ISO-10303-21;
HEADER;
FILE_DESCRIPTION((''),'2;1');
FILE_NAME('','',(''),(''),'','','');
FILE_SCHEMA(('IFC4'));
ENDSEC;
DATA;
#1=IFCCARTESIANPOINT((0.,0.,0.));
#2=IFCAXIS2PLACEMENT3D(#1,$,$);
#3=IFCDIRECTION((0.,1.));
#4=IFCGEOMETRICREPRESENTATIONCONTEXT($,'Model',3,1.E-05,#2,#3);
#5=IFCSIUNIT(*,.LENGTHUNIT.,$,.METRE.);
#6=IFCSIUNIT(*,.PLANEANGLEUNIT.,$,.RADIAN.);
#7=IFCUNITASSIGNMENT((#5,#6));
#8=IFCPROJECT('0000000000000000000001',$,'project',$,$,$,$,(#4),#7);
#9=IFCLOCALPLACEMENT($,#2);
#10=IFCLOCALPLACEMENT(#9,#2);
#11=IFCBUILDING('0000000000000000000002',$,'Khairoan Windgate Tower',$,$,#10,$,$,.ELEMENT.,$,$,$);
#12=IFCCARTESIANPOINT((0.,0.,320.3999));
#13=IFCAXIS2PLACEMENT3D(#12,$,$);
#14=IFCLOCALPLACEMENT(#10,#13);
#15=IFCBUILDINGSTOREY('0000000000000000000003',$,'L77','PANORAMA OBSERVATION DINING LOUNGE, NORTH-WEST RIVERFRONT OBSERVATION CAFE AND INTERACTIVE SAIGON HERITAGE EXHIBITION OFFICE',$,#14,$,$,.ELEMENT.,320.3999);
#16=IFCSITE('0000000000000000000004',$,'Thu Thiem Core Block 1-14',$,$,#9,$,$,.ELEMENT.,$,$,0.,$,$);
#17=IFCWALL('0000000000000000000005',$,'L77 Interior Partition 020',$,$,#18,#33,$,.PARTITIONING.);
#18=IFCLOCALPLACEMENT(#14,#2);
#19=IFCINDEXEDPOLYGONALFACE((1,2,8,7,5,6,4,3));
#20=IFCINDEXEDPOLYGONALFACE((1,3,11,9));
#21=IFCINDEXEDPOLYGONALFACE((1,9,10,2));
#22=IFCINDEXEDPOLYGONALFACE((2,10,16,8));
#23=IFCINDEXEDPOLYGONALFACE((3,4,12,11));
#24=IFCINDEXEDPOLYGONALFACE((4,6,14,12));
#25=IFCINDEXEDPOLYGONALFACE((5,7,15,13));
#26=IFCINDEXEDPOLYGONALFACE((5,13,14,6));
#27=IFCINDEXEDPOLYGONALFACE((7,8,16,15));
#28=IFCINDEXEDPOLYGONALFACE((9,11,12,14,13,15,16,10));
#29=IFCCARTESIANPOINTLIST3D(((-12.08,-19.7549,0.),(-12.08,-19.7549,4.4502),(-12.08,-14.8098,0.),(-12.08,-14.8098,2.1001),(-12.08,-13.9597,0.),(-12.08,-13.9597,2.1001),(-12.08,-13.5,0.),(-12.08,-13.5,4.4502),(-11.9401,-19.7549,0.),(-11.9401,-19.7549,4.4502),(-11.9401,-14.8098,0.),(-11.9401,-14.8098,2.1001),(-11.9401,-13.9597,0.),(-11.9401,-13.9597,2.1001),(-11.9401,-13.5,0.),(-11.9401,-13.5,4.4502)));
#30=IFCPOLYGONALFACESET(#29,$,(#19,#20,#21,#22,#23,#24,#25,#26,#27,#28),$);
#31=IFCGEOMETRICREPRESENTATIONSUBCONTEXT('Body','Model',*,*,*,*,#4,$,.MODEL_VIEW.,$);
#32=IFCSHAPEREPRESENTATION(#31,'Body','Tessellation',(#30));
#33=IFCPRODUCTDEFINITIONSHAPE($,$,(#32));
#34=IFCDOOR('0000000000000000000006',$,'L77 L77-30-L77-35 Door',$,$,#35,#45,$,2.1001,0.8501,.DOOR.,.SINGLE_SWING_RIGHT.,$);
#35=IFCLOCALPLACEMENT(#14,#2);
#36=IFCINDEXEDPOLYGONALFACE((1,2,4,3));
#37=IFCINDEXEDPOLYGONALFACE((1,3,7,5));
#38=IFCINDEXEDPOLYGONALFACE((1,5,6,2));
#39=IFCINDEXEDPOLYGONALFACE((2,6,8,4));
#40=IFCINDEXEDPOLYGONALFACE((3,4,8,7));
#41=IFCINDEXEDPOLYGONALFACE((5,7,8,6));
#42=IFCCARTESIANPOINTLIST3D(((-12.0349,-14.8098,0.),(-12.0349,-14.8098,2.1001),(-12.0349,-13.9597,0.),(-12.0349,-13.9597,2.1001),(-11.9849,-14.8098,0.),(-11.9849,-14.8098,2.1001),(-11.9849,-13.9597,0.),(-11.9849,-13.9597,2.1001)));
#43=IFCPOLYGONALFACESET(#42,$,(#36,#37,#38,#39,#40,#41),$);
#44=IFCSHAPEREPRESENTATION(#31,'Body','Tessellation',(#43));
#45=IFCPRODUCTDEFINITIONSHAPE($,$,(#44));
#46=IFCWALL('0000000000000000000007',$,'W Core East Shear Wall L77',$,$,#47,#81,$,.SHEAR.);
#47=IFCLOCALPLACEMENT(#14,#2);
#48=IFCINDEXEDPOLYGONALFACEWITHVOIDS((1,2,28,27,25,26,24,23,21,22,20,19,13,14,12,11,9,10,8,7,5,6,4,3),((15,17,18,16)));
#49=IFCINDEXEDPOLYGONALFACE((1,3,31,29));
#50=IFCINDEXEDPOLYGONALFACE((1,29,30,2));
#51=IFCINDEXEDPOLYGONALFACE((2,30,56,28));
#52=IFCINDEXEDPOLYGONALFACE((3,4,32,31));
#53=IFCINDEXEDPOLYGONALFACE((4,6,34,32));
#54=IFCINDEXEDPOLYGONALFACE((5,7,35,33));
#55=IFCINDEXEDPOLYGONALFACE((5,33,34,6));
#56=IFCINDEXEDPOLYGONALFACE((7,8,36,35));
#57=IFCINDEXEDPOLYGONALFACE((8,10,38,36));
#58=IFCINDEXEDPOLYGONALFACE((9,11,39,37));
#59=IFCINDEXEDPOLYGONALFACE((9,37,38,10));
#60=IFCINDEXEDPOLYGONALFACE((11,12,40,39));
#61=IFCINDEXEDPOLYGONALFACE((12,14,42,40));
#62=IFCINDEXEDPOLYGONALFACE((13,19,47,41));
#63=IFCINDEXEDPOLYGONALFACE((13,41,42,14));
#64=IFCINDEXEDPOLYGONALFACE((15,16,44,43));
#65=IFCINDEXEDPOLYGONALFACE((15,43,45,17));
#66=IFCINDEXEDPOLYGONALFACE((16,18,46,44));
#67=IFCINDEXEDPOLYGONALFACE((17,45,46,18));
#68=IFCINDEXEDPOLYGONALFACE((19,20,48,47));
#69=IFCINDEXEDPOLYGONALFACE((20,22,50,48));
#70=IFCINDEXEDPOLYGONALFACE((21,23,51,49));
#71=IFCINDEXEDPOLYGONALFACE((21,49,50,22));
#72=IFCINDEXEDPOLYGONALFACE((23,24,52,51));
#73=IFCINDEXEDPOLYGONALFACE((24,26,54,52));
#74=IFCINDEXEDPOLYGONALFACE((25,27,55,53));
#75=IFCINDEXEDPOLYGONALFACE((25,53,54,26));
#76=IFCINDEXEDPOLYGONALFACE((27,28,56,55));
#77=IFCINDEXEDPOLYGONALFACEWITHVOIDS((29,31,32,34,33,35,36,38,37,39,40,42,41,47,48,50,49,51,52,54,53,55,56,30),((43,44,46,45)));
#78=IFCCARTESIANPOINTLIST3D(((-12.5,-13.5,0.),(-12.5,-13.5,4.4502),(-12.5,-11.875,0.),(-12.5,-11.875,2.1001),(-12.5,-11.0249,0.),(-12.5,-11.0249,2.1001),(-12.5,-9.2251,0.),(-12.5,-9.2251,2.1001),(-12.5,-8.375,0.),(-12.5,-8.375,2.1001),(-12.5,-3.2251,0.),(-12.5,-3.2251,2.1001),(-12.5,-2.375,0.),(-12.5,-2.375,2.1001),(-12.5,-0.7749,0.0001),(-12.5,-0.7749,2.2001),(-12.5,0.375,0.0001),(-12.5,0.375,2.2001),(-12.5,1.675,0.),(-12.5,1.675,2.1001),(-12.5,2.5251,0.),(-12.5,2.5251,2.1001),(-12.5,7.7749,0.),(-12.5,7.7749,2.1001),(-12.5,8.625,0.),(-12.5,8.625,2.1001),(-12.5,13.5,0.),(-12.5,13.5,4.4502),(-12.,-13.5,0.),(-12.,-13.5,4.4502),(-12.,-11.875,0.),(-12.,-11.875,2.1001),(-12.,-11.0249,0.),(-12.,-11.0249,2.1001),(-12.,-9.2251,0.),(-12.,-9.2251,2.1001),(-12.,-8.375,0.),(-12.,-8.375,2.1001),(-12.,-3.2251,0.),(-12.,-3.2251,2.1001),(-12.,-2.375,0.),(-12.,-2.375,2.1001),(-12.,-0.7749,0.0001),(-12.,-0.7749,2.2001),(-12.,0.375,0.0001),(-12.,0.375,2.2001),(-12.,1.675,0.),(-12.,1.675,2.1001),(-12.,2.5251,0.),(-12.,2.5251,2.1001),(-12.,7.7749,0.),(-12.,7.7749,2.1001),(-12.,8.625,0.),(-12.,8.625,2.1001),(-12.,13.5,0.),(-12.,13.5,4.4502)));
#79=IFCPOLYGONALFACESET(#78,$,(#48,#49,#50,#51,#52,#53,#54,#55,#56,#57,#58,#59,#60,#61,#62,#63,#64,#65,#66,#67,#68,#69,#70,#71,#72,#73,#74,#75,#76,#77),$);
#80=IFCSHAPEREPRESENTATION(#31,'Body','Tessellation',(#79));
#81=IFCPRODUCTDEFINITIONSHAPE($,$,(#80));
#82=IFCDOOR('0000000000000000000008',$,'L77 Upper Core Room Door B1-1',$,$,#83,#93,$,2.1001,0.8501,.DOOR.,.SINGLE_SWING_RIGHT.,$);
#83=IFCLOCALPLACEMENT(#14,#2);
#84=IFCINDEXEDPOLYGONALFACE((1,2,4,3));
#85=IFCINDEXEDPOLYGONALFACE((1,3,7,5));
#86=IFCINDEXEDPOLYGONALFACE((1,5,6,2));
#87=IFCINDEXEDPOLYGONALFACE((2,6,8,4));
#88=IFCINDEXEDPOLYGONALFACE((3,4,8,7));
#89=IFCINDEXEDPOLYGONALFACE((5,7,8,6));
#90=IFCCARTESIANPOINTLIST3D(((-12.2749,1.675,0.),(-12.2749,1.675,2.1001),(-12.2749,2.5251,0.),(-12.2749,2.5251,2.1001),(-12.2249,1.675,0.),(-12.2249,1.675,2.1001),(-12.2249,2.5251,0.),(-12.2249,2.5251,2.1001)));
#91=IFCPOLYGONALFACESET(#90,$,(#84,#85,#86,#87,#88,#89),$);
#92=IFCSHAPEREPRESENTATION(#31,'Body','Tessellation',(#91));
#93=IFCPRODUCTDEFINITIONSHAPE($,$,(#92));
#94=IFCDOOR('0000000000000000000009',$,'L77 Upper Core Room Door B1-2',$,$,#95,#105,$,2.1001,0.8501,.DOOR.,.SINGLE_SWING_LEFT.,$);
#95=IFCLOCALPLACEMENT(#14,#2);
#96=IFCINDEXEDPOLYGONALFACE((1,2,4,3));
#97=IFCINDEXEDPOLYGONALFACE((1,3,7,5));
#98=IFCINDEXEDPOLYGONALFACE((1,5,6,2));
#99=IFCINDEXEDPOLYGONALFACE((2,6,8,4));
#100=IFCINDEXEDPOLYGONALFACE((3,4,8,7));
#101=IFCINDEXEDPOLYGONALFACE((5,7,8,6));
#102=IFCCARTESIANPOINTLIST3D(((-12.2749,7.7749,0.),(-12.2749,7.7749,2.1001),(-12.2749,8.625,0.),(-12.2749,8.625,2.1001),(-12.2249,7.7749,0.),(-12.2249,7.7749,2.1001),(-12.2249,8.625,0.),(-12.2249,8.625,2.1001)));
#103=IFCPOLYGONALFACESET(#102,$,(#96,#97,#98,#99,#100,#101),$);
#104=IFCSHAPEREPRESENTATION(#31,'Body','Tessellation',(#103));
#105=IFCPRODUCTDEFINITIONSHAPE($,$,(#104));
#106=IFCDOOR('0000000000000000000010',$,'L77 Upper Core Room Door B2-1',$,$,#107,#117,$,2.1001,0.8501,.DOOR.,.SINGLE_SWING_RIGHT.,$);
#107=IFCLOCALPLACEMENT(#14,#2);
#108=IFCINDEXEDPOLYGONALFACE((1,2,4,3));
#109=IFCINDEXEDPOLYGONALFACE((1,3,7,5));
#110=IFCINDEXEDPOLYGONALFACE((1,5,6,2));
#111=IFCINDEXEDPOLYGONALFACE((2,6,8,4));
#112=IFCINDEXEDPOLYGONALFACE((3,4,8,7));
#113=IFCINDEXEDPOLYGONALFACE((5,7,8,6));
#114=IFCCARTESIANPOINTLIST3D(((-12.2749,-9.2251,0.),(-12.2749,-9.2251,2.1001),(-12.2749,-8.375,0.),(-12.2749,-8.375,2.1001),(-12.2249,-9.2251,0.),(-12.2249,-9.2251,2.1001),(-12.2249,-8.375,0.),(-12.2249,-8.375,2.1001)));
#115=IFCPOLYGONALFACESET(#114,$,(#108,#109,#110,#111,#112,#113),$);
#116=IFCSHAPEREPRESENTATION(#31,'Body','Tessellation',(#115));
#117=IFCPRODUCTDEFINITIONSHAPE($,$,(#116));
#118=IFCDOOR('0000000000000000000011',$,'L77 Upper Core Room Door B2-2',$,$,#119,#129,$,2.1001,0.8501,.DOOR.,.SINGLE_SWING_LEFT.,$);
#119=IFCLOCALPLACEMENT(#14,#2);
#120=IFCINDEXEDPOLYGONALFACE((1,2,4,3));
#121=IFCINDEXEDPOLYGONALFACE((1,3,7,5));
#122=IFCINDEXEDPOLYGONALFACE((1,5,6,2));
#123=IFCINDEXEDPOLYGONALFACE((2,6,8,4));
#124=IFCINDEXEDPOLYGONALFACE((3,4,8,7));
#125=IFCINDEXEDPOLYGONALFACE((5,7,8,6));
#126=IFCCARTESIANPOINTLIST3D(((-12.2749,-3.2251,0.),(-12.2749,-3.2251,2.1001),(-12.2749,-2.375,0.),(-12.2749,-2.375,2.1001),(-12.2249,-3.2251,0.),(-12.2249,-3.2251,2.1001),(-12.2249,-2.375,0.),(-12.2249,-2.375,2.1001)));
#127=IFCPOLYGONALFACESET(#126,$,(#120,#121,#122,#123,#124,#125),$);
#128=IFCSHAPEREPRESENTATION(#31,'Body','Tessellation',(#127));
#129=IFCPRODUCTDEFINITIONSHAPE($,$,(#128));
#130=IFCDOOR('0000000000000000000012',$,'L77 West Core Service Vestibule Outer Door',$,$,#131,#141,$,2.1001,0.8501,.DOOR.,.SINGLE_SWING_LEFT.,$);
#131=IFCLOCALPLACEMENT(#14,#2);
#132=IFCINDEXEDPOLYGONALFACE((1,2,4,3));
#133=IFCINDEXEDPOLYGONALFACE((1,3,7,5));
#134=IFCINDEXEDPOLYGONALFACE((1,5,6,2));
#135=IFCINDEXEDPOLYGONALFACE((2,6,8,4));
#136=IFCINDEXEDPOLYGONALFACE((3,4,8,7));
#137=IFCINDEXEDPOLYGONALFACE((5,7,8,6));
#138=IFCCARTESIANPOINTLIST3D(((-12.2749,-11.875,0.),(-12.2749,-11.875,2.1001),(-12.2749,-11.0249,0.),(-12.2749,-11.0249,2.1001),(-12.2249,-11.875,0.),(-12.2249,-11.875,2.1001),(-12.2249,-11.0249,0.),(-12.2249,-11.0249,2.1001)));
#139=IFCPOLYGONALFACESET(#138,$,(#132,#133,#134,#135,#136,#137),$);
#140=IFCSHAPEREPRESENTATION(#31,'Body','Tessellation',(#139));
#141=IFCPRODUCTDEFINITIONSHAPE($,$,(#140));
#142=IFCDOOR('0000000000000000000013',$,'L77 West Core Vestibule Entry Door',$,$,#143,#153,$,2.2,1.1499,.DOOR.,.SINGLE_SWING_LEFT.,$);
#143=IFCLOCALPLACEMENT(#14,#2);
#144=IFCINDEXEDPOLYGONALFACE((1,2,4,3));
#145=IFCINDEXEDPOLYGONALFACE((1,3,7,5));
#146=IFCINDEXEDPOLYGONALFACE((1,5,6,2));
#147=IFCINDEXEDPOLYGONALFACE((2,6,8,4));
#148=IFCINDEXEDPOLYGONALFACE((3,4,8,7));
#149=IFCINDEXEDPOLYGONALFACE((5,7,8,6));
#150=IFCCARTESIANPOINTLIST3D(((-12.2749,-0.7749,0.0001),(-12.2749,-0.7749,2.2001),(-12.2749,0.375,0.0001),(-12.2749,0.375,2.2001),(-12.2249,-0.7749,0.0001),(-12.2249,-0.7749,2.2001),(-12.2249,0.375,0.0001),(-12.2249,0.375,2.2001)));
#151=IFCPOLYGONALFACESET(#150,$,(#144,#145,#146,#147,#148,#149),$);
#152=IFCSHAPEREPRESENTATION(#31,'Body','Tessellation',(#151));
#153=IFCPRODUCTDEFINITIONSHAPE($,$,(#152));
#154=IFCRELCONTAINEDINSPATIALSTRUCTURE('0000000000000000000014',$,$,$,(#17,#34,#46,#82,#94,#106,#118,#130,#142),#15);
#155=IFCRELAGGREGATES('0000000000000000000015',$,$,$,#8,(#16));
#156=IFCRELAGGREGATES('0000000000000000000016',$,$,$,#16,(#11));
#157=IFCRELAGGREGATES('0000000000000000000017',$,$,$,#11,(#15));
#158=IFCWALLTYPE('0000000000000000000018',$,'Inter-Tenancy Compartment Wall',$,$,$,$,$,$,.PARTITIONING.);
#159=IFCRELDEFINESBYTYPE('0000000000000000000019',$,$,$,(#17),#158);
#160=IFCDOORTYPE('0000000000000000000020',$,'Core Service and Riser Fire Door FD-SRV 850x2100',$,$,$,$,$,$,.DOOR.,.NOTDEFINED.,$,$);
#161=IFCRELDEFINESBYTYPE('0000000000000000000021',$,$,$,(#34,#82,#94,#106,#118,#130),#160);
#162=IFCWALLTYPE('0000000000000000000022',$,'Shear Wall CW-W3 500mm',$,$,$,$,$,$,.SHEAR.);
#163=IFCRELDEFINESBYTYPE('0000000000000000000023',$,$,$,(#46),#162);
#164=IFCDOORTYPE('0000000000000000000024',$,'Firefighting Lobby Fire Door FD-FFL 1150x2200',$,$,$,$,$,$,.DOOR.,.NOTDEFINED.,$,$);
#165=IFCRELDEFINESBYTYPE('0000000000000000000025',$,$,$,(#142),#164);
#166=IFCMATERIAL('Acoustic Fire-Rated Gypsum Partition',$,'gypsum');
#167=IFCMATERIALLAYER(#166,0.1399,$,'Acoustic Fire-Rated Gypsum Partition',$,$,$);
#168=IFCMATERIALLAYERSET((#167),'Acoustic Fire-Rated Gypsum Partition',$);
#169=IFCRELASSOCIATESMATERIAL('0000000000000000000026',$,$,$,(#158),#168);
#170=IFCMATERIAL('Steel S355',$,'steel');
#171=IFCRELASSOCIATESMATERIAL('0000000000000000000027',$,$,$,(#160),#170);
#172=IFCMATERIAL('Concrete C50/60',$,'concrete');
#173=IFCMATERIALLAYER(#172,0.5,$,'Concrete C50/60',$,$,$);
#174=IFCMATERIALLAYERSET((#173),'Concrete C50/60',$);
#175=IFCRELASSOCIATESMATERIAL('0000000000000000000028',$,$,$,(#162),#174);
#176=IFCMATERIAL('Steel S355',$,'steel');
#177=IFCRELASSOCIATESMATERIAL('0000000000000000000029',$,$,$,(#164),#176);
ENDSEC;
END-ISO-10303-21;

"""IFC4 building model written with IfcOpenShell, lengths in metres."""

from ifc_helpers import new_model, si_unit, direction, frame, frame_2d, origin, place, context, subcontext, project, spatial, rectangle, extrude, material, layer, layer_set, type_object, element, fill, save


model = new_model("IFC4")

# Units and contexts
model_context = context("Model", 3, precision=1e-05, world=origin(), true_north=direction((0.0, 1.0)))
body_context = subcontext(model_context, "Body", "Model", "MODEL_VIEW")
ifc_project = project(units=[si_unit("LENGTHUNIT", "METRE"), si_unit("PLANEANGLEUNIT", "RADIAN")], contexts=[model_context])

# Site, building, storey
site_placement = place(None, origin())
site = spatial("IfcSite", under=ifc_project, at=site_placement, Name="Thu Thiem Core Block 1-14", CompositionType="ELEMENT", RefElevation=0.0)
building_placement = place(site_placement, origin())
building = spatial("IfcBuilding", under=site, at=building_placement, Name="Khairoan Windgate Tower", CompositionType="ELEMENT")
storey_placement = place(building_placement, frame((0.0, 0.0, 320.3999)))
storey = spatial("IfcBuildingStorey", under=building, at=storey_placement, Name="L77", Description="PANORAMA OBSERVATION DINING LOUNGE, NORTH-WEST RIVERFRONT OBSERVATION CAFE AND INTERACTIVE SAIGON HERITAGE EXHIBITION OFFICE", CompositionType="ELEMENT", Elevation=320.3999)

# Wall, opening, door
ifc_material_1 = material(Name="Acoustic Fire-Rated Gypsum Partition", Category="gypsum")
ifc_layer_1 = layer(ifc_material_1, 0.1399, Name="Acoustic Fire-Rated Gypsum Partition")
ifc_layer_set_1 = layer_set([ifc_layer_1], Name="Acoustic Fire-Rated Gypsum Partition")
wall_type_1 = type_object("IfcWallType", Name="Inter-Tenancy Compartment Wall", PredefinedType="PARTITIONING", material=ifc_layer_set_1)
wall_1_placement = place(storey_placement, frame((-12.01, -19.7549, 0.0), z_axis=(0.0, 0.0, 1.0), x_axis=(0.0, 1.0, 0.0)))
wall_1 = element("IfcWall", 1, at=wall_1_placement, inside=storey, type_object=wall_type_1, Name="L77 Interior Partition 020", PredefinedType="PARTITIONING", context=body_context, shape_type="SweptSolid", body=[
    extrude(rectangle(XDim=6.2549, YDim=0.1399, at=frame_2d((3.1274, 0.0))), origin(), (0.0, 0.0, 1.0), 4.4502),
])
opening_1_placement = place(wall_1_placement, frame((4.9451, 0.0, 0.0)))
opening_1 = element("IfcOpeningElement", 2, at=opening_1_placement, cuts=wall_1, PredefinedType="OPENING", context=body_context, shape_type="SweptSolid", body=[
    extrude(rectangle(XDim=0.8501, YDim=2.1001, at=frame_2d((0.425, 1.05))), frame((0.0, 0.0798, 0.0), z_axis=(0.0, -1.0, 0.0), x_axis=(1.0, 0.0, 0.0)), (0.0, 0.0, 1.0), 0.1599),
])
ifc_material_2 = material(Name="Steel S355", Category="steel")
door_type_1 = type_object("IfcDoorType", Name="Core Service and Riser Fire Door FD-SRV 850x2100", OperationType="NOTDEFINED", PredefinedType="DOOR", material=ifc_material_2)
door_1_placement = place(opening_1_placement, origin())
door_1 = element("IfcDoor", 3, at=door_1_placement, inside=storey, type_object=door_type_1, Name="L77 L77-30-L77-35 Door", OperationType="SINGLE_SWING_RIGHT", OverallHeight=2.1001, OverallWidth=0.8501, PredefinedType="DOOR", context=body_context, shape_type="SweptSolid", body=[
    extrude(rectangle(XDim=0.8501, YDim=2.1001, at=frame_2d((0.425, 1.05))), frame((0.0, 0.0249, 0.0), z_axis=(0.0, -1.0, 0.0), x_axis=(1.0, 0.0, 0.0)), (0.0, 0.0, 1.0), 0.05),
])
fill(opening_1, door_1)

# Wall, openings, doors
ifc_material_3 = material(Name="Concrete C50/60", Category="concrete")
ifc_layer_2 = layer(ifc_material_3, 0.5, Name="Concrete C50/60")
ifc_layer_set_2 = layer_set([ifc_layer_2], Name="Concrete C50/60")
wall_type_2 = type_object("IfcWallType", Name="Shear Wall CW-W3 500mm", PredefinedType="SHEAR", material=ifc_layer_set_2)
wall_2_placement = place(storey_placement, frame((-12.25, -13.5, 0.0), z_axis=(0.0, 0.0, 1.0), x_axis=(0.0, 1.0, 0.0)))
wall_2 = element("IfcWall", 4, at=wall_2_placement, inside=storey, type_object=wall_type_2, Name="W Core East Shear Wall L77", PredefinedType="SHEAR", context=body_context, shape_type="SweptSolid", body=[
    extrude(rectangle(XDim=27.0, YDim=0.5, at=frame_2d((13.5, 0.0))), origin(), (0.0, 0.0, 1.0), 4.4502),
])
opening_2_placement = place(wall_2_placement, frame((15.175, 0.0, 0.0)))
opening_2 = element("IfcOpeningElement", 5, at=opening_2_placement, cuts=wall_2, PredefinedType="OPENING", context=body_context, shape_type="SweptSolid", body=[
    extrude(rectangle(XDim=0.8501, YDim=2.1001, at=frame_2d((0.425, 1.05))), frame((0.0, 0.26, 0.0), z_axis=(0.0, -1.0, 0.0), x_axis=(1.0, 0.0, 0.0)), (0.0, 0.0, 1.0), 0.52),
])
opening_3_placement = place(wall_2_placement, frame((21.2749, 0.0, 0.0)))
opening_3 = element("IfcOpeningElement", 6, at=opening_3_placement, cuts=wall_2, PredefinedType="OPENING", context=body_context, shape_type="SweptSolid", body=[
    extrude(rectangle(XDim=0.8501, YDim=2.1001, at=frame_2d((0.425, 1.05))), frame((0.0, 0.26, 0.0), z_axis=(0.0, -1.0, 0.0), x_axis=(1.0, 0.0, 0.0)), (0.0, 0.0, 1.0), 0.52),
])
opening_4_placement = place(wall_2_placement, frame((4.2749, 0.0, 0.0)))
opening_4 = element("IfcOpeningElement", 7, at=opening_4_placement, cuts=wall_2, PredefinedType="OPENING", context=body_context, shape_type="SweptSolid", body=[
    extrude(rectangle(XDim=0.8501, YDim=2.1001, at=frame_2d((0.425, 1.05))), frame((0.0, 0.26, 0.0), z_axis=(0.0, -1.0, 0.0), x_axis=(1.0, 0.0, 0.0)), (0.0, 0.0, 1.0), 0.52),
])
opening_5_placement = place(wall_2_placement, frame((10.2749, 0.0, 0.0)))
opening_5 = element("IfcOpeningElement", 8, at=opening_5_placement, cuts=wall_2, PredefinedType="OPENING", context=body_context, shape_type="SweptSolid", body=[
    extrude(rectangle(XDim=0.8501, YDim=2.1001, at=frame_2d((0.425, 1.05))), frame((0.0, 0.26, 0.0), z_axis=(0.0, -1.0, 0.0), x_axis=(1.0, 0.0, 0.0)), (0.0, 0.0, 1.0), 0.52),
])
opening_6_placement = place(wall_2_placement, frame((12.7251, 0.0, 0.0)))
opening_6 = element("IfcOpeningElement", 9, at=opening_6_placement, cuts=wall_2, PredefinedType="OPENING", context=body_context, shape_type="SweptSolid", body=[
    extrude(rectangle(XDim=1.1499, YDim=2.2, at=frame_2d((0.575, 1.1001))), frame((0.0, 0.26, 0.0), z_axis=(0.0, -1.0, 0.0), x_axis=(1.0, 0.0, 0.0)), (0.0, 0.0, 1.0), 0.52),
])
opening_7_placement = place(wall_2_placement, frame((1.625, 0.0, 0.0)))
opening_7 = element("IfcOpeningElement", 10, at=opening_7_placement, cuts=wall_2, PredefinedType="OPENING", context=body_context, shape_type="SweptSolid", body=[
    extrude(rectangle(XDim=0.8501, YDim=2.1001, at=frame_2d((0.425, 1.05))), frame((0.0, 0.26, 0.0), z_axis=(0.0, -1.0, 0.0), x_axis=(1.0, 0.0, 0.0)), (0.0, 0.0, 1.0), 0.52),
])
door_2_placement = place(opening_2_placement, origin())
door_2 = element("IfcDoor", 11, at=door_2_placement, inside=storey, type_object=door_type_1, Name="L77 Upper Core Room Door B1-1", OperationType="SINGLE_SWING_RIGHT", OverallHeight=2.1001, OverallWidth=0.8501, PredefinedType="DOOR", context=body_context, shape_type="SweptSolid", body=[
    extrude(rectangle(XDim=0.8501, YDim=2.1001, at=frame_2d((0.425, 1.05))), frame((0.0, 0.0249, 0.0), z_axis=(0.0, -1.0, 0.0), x_axis=(1.0, 0.0, 0.0)), (0.0, 0.0, 1.0), 0.05),
])
fill(opening_2, door_2)
door_3_placement = place(opening_3_placement, origin())
door_3 = element("IfcDoor", 12, at=door_3_placement, inside=storey, type_object=door_type_1, Name="L77 Upper Core Room Door B1-2", OperationType="SINGLE_SWING_LEFT", OverallHeight=2.1001, OverallWidth=0.8501, PredefinedType="DOOR", context=body_context, shape_type="SweptSolid", body=[
    extrude(rectangle(XDim=0.8501, YDim=2.1001, at=frame_2d((0.425, 1.05))), frame((0.0, 0.0249, 0.0), z_axis=(0.0, -1.0, 0.0), x_axis=(1.0, 0.0, 0.0)), (0.0, 0.0, 1.0), 0.05),
])
fill(opening_3, door_3)
door_4_placement = place(opening_4_placement, origin())
door_4 = element("IfcDoor", 13, at=door_4_placement, inside=storey, type_object=door_type_1, Name="L77 Upper Core Room Door B2-1", OperationType="SINGLE_SWING_RIGHT", OverallHeight=2.1001, OverallWidth=0.8501, PredefinedType="DOOR", context=body_context, shape_type="SweptSolid", body=[
    extrude(rectangle(XDim=0.8501, YDim=2.1001, at=frame_2d((0.425, 1.05))), frame((0.0, 0.0249, 0.0), z_axis=(0.0, -1.0, 0.0), x_axis=(1.0, 0.0, 0.0)), (0.0, 0.0, 1.0), 0.05),
])
fill(opening_4, door_4)
door_5_placement = place(opening_5_placement, origin())
door_5 = element("IfcDoor", 14, at=door_5_placement, inside=storey, type_object=door_type_1, Name="L77 Upper Core Room Door B2-2", OperationType="SINGLE_SWING_LEFT", OverallHeight=2.1001, OverallWidth=0.8501, PredefinedType="DOOR", context=body_context, shape_type="SweptSolid", body=[
    extrude(rectangle(XDim=0.8501, YDim=2.1001, at=frame_2d((0.425, 1.05))), frame((0.0, 0.0249, 0.0), z_axis=(0.0, -1.0, 0.0), x_axis=(1.0, 0.0, 0.0)), (0.0, 0.0, 1.0), 0.05),
])
fill(opening_5, door_5)
door_6_placement = place(opening_7_placement, origin())
door_6 = element("IfcDoor", 15, at=door_6_placement, inside=storey, type_object=door_type_1, Name="L77 West Core Service Vestibule Outer Door", OperationType="SINGLE_SWING_LEFT", OverallHeight=2.1001, OverallWidth=0.8501, PredefinedType="DOOR", context=body_context, shape_type="SweptSolid", body=[
    extrude(rectangle(XDim=0.8501, YDim=2.1001, at=frame_2d((0.425, 1.05))), frame((0.0, 0.0249, 0.0), z_axis=(0.0, -1.0, 0.0), x_axis=(1.0, 0.0, 0.0)), (0.0, 0.0, 1.0), 0.05),
])
fill(opening_7, door_6)
ifc_material_4 = material(Name="Steel S355", Category="steel")
door_type_2 = type_object("IfcDoorType", Name="Firefighting Lobby Fire Door FD-FFL 1150x2200", OperationType="NOTDEFINED", PredefinedType="DOOR", material=ifc_material_4)
door_7_placement = place(opening_6_placement, origin())
door_7 = element("IfcDoor", 16, at=door_7_placement, inside=storey, type_object=door_type_2, Name="L77 West Core Vestibule Entry Door", OperationType="SINGLE_SWING_LEFT", OverallHeight=2.2, OverallWidth=1.1499, PredefinedType="DOOR", context=body_context, shape_type="SweptSolid", body=[
    extrude(rectangle(XDim=1.1499, YDim=2.2, at=frame_2d((0.575, 1.1001))), frame((0.0, 0.0249, 0.0), z_axis=(0.0, -1.0, 0.0), x_axis=(1.0, 0.0, 0.0)), (0.0, 0.0, 1.0), 0.05),
])
fill(opening_6, door_7)

save(model, "model.ifc")
